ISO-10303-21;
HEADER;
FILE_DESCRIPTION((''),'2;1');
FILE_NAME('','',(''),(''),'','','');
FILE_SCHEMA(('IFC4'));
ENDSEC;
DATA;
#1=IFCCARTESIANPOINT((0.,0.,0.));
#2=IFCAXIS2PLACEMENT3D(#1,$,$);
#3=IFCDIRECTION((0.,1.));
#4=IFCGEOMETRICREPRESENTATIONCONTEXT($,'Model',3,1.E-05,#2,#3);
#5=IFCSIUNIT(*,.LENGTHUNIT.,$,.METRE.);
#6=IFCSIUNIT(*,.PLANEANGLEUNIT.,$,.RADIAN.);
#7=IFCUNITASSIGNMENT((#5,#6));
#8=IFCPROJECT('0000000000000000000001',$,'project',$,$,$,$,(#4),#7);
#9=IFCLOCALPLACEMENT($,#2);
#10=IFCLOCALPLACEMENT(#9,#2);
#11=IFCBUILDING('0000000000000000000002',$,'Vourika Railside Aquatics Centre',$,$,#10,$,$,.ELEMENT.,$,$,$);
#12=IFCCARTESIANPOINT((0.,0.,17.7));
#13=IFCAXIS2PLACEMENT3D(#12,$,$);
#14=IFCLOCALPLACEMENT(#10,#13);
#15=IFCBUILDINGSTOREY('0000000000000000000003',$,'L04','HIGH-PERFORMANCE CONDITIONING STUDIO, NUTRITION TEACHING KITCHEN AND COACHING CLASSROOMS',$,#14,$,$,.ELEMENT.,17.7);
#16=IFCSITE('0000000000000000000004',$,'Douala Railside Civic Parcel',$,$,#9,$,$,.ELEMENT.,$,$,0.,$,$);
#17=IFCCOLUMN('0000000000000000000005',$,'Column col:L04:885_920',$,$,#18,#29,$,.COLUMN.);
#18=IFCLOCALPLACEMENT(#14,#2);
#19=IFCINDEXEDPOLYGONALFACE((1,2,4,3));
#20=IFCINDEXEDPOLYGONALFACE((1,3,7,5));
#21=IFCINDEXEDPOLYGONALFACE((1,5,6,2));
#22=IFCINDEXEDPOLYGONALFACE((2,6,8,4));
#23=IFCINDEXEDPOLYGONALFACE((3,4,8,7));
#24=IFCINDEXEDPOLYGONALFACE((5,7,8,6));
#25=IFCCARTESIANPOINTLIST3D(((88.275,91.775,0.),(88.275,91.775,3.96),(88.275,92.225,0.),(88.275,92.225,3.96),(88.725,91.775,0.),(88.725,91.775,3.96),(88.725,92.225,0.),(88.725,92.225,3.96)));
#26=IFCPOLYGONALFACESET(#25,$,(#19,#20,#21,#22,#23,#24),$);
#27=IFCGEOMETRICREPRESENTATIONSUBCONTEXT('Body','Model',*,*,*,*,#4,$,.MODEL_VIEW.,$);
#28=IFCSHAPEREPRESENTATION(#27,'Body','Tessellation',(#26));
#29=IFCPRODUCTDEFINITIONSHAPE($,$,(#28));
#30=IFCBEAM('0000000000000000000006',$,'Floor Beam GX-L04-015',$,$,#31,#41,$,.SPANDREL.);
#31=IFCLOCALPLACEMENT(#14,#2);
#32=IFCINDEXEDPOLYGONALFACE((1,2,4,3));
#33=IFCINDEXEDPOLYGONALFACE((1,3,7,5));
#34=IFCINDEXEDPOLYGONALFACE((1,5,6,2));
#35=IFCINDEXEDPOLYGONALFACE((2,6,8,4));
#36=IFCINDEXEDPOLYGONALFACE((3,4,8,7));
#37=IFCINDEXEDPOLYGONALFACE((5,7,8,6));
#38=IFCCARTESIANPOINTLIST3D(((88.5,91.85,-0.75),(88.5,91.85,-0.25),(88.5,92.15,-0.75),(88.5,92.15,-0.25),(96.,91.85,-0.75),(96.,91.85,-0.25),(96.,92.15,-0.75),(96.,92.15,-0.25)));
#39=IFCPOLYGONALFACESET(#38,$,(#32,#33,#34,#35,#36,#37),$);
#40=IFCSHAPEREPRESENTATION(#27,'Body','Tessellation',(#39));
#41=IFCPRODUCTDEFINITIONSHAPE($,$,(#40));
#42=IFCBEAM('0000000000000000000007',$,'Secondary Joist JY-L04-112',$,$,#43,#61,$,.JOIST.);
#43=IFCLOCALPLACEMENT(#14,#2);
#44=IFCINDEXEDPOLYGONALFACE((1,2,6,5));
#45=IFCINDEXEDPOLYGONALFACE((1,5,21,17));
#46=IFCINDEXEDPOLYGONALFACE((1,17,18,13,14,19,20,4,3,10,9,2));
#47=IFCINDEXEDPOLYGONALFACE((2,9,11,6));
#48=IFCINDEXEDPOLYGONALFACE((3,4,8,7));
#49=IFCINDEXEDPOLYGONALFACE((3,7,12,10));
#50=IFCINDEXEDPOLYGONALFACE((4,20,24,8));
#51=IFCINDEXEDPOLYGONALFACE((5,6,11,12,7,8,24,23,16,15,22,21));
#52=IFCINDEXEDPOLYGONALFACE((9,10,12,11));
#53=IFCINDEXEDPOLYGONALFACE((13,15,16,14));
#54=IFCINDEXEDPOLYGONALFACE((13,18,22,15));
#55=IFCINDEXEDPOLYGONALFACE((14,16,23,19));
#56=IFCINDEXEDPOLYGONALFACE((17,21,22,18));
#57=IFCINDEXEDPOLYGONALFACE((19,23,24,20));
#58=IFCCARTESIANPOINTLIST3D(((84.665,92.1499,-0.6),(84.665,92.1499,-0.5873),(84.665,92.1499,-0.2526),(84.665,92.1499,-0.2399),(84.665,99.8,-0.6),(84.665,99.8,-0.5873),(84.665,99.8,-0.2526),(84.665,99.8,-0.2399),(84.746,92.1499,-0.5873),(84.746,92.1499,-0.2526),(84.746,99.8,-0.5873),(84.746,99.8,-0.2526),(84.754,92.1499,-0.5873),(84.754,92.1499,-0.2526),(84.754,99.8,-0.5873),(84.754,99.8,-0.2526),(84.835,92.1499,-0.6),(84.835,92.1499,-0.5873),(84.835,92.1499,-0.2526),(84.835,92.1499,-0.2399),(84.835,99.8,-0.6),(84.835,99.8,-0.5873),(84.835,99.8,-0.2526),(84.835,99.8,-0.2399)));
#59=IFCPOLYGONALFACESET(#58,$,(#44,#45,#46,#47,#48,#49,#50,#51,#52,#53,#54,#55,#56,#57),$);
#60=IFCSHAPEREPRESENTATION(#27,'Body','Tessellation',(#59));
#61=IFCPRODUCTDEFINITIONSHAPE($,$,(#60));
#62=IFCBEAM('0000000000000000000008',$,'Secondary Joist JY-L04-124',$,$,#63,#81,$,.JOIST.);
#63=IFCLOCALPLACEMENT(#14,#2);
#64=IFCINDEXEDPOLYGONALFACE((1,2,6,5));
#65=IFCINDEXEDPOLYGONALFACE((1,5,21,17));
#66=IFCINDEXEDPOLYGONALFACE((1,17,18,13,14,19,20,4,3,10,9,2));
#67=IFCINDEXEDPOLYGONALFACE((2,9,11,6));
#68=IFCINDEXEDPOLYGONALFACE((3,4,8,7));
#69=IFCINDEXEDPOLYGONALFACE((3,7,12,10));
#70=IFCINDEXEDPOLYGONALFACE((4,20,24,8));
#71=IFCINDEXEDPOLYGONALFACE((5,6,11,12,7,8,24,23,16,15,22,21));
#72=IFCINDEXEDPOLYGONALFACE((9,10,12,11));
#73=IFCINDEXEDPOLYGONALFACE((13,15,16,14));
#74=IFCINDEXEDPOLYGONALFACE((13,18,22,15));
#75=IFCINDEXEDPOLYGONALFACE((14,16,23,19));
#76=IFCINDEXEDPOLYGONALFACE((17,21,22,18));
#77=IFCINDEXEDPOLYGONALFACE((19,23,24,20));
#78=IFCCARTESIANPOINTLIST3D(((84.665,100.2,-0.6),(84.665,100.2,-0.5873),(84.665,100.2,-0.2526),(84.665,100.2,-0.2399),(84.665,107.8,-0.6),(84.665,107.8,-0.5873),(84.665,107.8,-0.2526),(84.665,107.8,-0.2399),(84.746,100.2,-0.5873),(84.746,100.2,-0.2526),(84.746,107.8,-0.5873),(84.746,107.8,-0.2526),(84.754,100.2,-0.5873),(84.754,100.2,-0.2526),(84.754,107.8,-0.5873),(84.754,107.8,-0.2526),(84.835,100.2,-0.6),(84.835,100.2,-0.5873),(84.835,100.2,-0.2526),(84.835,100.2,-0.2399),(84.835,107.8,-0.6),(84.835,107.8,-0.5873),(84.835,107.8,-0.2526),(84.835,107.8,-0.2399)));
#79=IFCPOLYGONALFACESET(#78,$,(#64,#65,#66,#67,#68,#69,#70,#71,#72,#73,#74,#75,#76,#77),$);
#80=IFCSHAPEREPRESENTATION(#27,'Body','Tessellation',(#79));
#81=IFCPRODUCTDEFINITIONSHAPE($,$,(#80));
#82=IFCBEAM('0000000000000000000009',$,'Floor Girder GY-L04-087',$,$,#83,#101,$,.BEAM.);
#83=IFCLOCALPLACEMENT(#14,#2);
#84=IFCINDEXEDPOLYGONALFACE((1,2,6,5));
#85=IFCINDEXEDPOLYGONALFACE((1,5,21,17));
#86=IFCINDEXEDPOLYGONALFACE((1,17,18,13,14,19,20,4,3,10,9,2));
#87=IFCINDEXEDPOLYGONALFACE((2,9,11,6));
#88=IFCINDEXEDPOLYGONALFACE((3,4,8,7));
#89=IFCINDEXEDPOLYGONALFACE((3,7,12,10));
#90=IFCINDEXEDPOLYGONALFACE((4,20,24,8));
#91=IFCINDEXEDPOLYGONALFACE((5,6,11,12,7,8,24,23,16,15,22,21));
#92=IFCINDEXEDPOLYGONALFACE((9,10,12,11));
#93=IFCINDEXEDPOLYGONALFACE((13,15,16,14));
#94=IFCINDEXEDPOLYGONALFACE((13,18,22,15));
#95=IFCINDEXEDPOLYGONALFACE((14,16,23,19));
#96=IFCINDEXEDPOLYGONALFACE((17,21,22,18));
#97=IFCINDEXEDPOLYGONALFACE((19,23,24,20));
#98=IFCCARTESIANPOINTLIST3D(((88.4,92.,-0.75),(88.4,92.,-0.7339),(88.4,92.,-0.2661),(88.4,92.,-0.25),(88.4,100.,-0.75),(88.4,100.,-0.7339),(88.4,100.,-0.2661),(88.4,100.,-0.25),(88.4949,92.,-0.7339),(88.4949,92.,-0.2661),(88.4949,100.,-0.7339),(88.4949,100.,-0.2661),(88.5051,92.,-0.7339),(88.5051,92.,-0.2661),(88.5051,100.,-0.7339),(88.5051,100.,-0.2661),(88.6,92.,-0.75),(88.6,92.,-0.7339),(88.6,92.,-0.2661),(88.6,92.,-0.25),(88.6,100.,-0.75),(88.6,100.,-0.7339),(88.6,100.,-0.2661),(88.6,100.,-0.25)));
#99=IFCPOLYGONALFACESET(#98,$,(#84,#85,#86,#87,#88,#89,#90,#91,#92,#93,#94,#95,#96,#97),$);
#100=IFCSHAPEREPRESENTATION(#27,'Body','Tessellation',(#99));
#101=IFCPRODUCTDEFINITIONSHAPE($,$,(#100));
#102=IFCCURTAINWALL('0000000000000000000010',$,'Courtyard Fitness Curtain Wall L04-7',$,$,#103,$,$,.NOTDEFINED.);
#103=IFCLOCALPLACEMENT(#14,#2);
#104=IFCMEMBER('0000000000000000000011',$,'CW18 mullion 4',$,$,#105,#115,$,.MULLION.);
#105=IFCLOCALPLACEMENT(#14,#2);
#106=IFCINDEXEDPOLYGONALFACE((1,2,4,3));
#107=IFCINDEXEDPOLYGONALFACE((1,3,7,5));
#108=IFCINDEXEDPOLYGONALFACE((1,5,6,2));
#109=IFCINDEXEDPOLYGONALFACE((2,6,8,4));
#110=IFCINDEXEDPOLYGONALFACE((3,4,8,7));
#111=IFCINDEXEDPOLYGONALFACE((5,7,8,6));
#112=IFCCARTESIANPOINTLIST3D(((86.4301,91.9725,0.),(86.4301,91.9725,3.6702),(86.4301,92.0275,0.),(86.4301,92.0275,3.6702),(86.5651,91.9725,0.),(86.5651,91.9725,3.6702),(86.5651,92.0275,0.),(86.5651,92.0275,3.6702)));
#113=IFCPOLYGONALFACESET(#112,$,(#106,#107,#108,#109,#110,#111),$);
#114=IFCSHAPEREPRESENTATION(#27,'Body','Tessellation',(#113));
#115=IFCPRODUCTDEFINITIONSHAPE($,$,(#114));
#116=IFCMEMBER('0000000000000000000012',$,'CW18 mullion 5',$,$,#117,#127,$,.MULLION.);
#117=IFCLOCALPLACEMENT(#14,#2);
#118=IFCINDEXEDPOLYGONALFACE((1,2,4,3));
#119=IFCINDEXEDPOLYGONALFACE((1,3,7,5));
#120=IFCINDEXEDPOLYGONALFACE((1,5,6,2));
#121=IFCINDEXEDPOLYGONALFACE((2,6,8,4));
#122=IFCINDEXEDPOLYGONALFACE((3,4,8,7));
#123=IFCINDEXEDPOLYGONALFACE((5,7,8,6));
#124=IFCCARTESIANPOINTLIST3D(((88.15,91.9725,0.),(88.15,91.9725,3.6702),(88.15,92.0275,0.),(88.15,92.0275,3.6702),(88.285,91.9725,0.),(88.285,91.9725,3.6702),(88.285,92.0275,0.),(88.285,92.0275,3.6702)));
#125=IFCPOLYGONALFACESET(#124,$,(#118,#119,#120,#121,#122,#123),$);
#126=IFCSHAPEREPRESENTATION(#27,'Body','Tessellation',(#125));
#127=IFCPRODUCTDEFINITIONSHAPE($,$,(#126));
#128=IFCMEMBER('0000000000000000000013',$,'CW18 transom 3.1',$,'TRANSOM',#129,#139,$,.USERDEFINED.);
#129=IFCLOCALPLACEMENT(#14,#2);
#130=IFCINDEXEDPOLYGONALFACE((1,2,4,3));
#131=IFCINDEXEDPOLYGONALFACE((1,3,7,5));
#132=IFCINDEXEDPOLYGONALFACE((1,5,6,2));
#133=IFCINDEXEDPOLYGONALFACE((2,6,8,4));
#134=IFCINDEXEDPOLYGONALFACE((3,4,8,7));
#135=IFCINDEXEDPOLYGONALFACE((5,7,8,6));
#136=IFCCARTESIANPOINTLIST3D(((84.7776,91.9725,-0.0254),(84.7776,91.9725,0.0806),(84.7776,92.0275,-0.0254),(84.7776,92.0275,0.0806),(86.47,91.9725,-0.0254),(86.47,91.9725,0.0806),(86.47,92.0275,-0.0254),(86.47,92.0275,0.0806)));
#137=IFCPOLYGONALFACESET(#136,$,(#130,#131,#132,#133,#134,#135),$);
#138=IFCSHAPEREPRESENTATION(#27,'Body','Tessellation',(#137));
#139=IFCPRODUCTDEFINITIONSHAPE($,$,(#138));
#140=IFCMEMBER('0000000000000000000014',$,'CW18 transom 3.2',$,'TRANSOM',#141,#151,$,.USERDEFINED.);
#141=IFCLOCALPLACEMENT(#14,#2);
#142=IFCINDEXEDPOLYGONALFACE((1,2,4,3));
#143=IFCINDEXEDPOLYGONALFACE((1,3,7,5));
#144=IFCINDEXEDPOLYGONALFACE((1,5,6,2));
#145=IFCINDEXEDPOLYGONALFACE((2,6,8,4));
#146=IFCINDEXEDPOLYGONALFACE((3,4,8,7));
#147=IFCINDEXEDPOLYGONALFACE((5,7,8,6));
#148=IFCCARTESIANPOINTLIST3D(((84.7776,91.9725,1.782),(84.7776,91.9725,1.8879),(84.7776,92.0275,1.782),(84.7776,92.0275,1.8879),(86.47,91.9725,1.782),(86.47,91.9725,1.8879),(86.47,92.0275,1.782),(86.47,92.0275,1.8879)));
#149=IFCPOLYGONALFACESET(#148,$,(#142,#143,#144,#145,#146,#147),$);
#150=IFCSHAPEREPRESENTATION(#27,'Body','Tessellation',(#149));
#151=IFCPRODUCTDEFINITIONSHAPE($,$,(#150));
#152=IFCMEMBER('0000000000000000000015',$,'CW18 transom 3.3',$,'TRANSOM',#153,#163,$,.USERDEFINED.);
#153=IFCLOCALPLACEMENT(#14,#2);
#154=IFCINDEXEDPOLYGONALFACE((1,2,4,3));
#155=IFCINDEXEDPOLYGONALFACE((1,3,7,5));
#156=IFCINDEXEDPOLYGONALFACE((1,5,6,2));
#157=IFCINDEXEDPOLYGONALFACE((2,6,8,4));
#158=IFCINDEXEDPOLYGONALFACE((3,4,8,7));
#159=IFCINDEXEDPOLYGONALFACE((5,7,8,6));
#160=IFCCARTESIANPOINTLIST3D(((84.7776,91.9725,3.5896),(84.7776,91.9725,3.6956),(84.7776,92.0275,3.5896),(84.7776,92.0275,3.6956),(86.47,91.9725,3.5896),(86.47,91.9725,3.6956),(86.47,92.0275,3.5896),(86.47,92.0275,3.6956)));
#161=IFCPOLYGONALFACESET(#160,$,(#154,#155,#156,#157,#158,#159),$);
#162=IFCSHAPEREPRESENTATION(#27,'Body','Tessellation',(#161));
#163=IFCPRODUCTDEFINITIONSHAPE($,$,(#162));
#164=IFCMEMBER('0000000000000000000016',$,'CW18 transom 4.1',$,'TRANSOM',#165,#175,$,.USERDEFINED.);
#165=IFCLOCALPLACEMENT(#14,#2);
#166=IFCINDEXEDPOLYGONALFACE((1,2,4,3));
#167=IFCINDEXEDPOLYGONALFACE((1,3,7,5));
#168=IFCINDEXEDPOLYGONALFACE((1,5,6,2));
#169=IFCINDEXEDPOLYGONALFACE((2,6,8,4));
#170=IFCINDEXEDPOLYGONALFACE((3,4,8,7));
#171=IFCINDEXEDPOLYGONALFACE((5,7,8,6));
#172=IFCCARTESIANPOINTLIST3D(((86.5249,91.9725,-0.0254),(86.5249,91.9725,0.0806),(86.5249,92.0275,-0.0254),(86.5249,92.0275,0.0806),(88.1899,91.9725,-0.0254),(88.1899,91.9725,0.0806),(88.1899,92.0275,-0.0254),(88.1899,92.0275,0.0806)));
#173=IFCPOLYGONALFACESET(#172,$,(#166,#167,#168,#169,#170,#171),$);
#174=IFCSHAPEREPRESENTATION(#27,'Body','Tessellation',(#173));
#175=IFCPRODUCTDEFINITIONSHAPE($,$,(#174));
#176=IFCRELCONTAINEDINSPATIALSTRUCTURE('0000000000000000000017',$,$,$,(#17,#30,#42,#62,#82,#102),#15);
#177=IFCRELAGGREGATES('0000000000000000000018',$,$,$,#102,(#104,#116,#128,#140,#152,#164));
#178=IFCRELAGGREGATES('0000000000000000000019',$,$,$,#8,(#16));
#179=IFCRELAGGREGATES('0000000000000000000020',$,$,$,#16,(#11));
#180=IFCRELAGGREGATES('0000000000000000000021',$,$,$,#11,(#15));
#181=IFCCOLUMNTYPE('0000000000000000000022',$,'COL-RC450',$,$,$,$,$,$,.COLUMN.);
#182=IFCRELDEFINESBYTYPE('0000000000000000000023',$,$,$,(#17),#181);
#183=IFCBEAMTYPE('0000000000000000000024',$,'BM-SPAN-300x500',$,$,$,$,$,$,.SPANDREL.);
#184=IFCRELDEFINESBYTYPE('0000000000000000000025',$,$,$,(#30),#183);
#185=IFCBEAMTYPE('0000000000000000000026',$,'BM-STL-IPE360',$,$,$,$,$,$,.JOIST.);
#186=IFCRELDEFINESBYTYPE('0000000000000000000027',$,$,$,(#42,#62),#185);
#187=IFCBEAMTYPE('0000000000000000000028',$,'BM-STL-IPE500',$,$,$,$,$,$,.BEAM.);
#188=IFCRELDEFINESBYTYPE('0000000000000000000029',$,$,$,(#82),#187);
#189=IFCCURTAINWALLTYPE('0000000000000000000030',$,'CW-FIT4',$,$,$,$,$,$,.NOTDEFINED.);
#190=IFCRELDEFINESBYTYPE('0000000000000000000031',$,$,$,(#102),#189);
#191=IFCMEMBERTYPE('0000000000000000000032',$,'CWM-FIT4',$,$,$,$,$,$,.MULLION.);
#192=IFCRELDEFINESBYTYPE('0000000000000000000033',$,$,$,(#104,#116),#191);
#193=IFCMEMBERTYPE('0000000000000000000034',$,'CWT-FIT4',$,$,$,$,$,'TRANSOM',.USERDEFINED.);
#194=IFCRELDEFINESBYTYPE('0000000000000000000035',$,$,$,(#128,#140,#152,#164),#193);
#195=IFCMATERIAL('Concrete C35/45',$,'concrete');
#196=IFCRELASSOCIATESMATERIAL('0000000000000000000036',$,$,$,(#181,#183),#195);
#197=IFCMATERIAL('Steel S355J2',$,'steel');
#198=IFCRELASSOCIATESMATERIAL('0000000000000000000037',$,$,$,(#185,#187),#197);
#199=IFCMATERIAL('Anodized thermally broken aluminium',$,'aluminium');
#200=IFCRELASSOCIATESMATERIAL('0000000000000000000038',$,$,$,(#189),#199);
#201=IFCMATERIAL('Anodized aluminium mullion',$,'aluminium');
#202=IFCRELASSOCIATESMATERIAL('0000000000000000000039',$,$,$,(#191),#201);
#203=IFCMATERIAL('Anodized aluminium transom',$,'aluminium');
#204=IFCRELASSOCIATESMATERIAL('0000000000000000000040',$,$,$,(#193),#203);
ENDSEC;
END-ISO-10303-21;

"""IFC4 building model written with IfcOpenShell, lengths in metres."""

from ifc_helpers import new_model, si_unit, direction, frame, origin, origin_2d, place, context, subcontext, project, spatial, rectangle, i_section, extrude, material, material_profile, profile_set, type_object, element, aggregate, save


model = new_model("IFC4")

# Units and contexts
model_context = context("Model", 3, precision=1e-05, world=origin(), true_north=direction((0.0, 1.0)))
body_context = subcontext(model_context, "Body", "Model", "MODEL_VIEW")
ifc_project = project(units=[si_unit("LENGTHUNIT", "METRE"), si_unit("PLANEANGLEUNIT", "RADIAN")], contexts=[model_context])

# Site, building, storey
site_placement = place(None, origin())
site = spatial("IfcSite", under=ifc_project, at=site_placement, Name="Douala Railside Civic Parcel", CompositionType="ELEMENT", RefElevation=0.0)
building_placement = place(site_placement, origin())
building = spatial("IfcBuilding", under=site, at=building_placement, Name="Vourika Railside Aquatics Centre", CompositionType="ELEMENT")
storey_placement = place(building_placement, frame((0.0, 0.0, 17.7)))
storey = spatial("IfcBuildingStorey", under=building, at=storey_placement, Name="L04", Description="HIGH-PERFORMANCE CONDITIONING STUDIO, NUTRITION TEACHING KITCHEN AND COACHING CLASSROOMS", CompositionType="ELEMENT", Elevation=17.7)

# Column
ifc_material_1 = material(Name="Concrete C35/45", Category="concrete")
ifc_material_profile_1 = material_profile(ifc_material_1, rectangle(XDim=0.45, YDim=0.45, at=origin_2d()), Name="RC 450x450")
ifc_profile_set_1 = profile_set([ifc_material_profile_1], Name="Concrete C35/45")
column_type = type_object("IfcColumnType", Name="COL-RC450", PredefinedType="COLUMN", material=ifc_profile_set_1)
column_placement = place(storey_placement, frame((88.5, 92.0, 0.0), z_axis=(0.0, 0.0, 1.0), x_axis=(1.0, 0.0, 0.0)))
element("IfcColumn", 1, at=column_placement, inside=storey, type_object=column_type, Name="Column col:L04:885_920", PredefinedType="COLUMN", context=body_context, shape_type="SweptSolid", body=[
    extrude(rectangle(XDim=0.45, YDim=0.45, at=origin_2d()), origin(), (0.0, 0.0, 1.0), 3.96),
])

# Beams
ifc_material_profile_2 = material_profile(ifc_material_1, rectangle(XDim=0.3, YDim=0.5, at=origin_2d()), Name="RC 300x500")
ifc_profile_set_2 = profile_set([ifc_material_profile_2], Name="Concrete C35/45")
beam_type_1 = type_object("IfcBeamType", Name="BM-SPAN-300x500", PredefinedType="SPANDREL", material=ifc_profile_set_2)
beam_1_placement = place(storey_placement, frame((88.5, 92.0, -0.5), z_axis=(1.0, 0.0, 0.0), x_axis=(0.0, 1.0, 0.0)))
element("IfcBeam", 2, at=beam_1_placement, inside=storey, type_object=beam_type_1, Name="Floor Beam GX-L04-015", PredefinedType="SPANDREL", context=body_context, shape_type="SweptSolid", body=[
    extrude(rectangle(XDim=0.3, YDim=0.5, at=origin_2d()), origin(), (0.0, 0.0, 1.0), 7.5),
])
ifc_material_2 = material(Name="Steel S355J2", Category="steel")
ifc_material_profile_3 = material_profile(ifc_material_2, i_section(OverallWidth=0.1699, OverallDepth=0.3601, WebThickness=0.0081, FlangeThickness=0.0127, at=origin_2d()), Name="IPE 360")
ifc_profile_set_3 = profile_set([ifc_material_profile_3], Name="Steel S355J2")
beam_type_2 = type_object("IfcBeamType", Name="BM-STL-IPE360", PredefinedType="JOIST", material=ifc_profile_set_3)
beam_2_placement = place(storey_placement, frame((84.75, 92.1499, -0.4199), z_axis=(0.0, 1.0, 0.0), x_axis=(-1.0, 0.0, 0.0)))
element("IfcBeam", 3, at=beam_2_placement, inside=storey, type_object=beam_type_2, Name="Secondary Joist JY-L04-112", PredefinedType="JOIST", context=body_context, shape_type="SweptSolid", body=[
    extrude(i_section(OverallWidth=0.1699, OverallDepth=0.3601, WebThickness=0.0081, FlangeThickness=0.0127, at=origin_2d()), origin(), (0.0, 0.0, 1.0), 7.6501),
])
beam_3_placement = place(storey_placement, frame((84.75, 100.2, -0.4199), z_axis=(0.0, 1.0, 0.0), x_axis=(-1.0, 0.0, 0.0)))
element("IfcBeam", 4, at=beam_3_placement, inside=storey, type_object=beam_type_2, Name="Secondary Joist JY-L04-124", PredefinedType="JOIST", context=body_context, shape_type="SweptSolid", body=[
    extrude(i_section(OverallWidth=0.1699, OverallDepth=0.3601, WebThickness=0.0081, FlangeThickness=0.0127, at=origin_2d()), origin(), (0.0, 0.0, 1.0), 7.6001),
])
ifc_material_profile_4 = material_profile(ifc_material_2, i_section(OverallWidth=0.2, OverallDepth=0.5, WebThickness=0.0103, FlangeThickness=0.0161, at=origin_2d()), Name="IPE 500")
ifc_profile_set_4 = profile_set([ifc_material_profile_4], Name="Steel S355J2")
beam_type_3 = type_object("IfcBeamType", Name="BM-STL-IPE500", PredefinedType="BEAM", material=ifc_profile_set_4)
beam_4_placement = place(storey_placement, frame((88.5, 92.0, -0.5), z_axis=(0.0, 1.0, 0.0), x_axis=(-1.0, 0.0, 0.0)))
element("IfcBeam", 5, at=beam_4_placement, inside=storey, type_object=beam_type_3, Name="Floor Girder GY-L04-087", PredefinedType="BEAM", context=body_context, shape_type="SweptSolid", body=[
    extrude(i_section(OverallWidth=0.2, OverallDepth=0.5, WebThickness=0.0103, FlangeThickness=0.0161, at=origin_2d()), origin(), (0.0, 0.0, 1.0), 8.0),
])

# Curtain wall, members
ifc_material_3 = material(Name="Anodized thermally broken aluminium", Category="aluminium")
curtain_wall_type = type_object("IfcCurtainWallType", Name="CW-FIT4", PredefinedType="NOTDEFINED", material=ifc_material_3)
curtain_wall_placement = place(storey_placement, origin())
curtain_wall = element("IfcCurtainWall", 6, at=curtain_wall_placement, inside=storey, type_object=curtain_wall_type, Name="Courtyard Fitness Curtain Wall L04-7", PredefinedType="NOTDEFINED")
ifc_material_4 = material(Name="Anodized aluminium mullion", Category="aluminium")
ifc_material_profile_5 = material_profile(ifc_material_4, rectangle(XDim=0.0549, YDim=0.135, at=origin_2d()), Name="ALU-M 55x135")
ifc_profile_set_5 = profile_set([ifc_material_profile_5], Name="Anodized aluminium mullion")
member_type_1 = type_object("IfcMemberType", Name="CWM-FIT4", PredefinedType="MULLION", material=ifc_profile_set_5)
member_1_placement = place(storey_placement, frame((86.4976, 92.0, 0.0), z_axis=(0.0, 0.0, 1.0), x_axis=(0.0, 1.0, 0.0)))
member_1 = element("IfcMember", 7, at=member_1_placement, type_object=member_type_1, Name="CW18 mullion 4", PredefinedType="MULLION", context=body_context, shape_type="SweptSolid", body=[
    extrude(rectangle(XDim=0.0549, YDim=0.135, at=origin_2d()), origin(), (0.0, 0.0, 1.0), 3.6702),
])
member_2_placement = place(storey_placement, frame((88.2175, 92.0, 0.0), z_axis=(0.0, 0.0, 1.0), x_axis=(0.0, 1.0, 0.0)))
member_2 = element("IfcMember", 8, at=member_2_placement, type_object=member_type_1, Name="CW18 mullion 5", PredefinedType="MULLION", context=body_context, shape_type="SweptSolid", body=[
    extrude(rectangle(XDim=0.0549, YDim=0.135, at=origin_2d()), origin(), (0.0, 0.0, 1.0), 3.6702),
])
ifc_material_5 = material(Name="Anodized aluminium transom", Category="aluminium")
ifc_material_profile_6 = material_profile(ifc_material_5, rectangle(XDim=0.0549, YDim=0.106, at=origin_2d()), Name="ALU-T 55x106")
ifc_profile_set_6 = profile_set([ifc_material_profile_6], Name="Anodized aluminium transom")
member_type_2 = type_object("IfcMemberType", Name="CWT-FIT4", ElementType="TRANSOM", PredefinedType="USERDEFINED", material=ifc_profile_set_6)
member_3_placement = place(storey_placement, frame((84.7776, 92.0, 0.0276), z_axis=(1.0, 0.0, 0.0), x_axis=(0.0, 1.0, 0.0)))
member_3 = element("IfcMember", 9, at=member_3_placement, type_object=member_type_2, Name="CW18 transom 3.1", ObjectType="TRANSOM", PredefinedType="USERDEFINED", context=body_context, shape_type="SweptSolid", body=[
    extrude(rectangle(XDim=0.0549, YDim=0.106, at=origin_2d()), origin(), (0.0, 0.0, 1.0), 1.6924),
])
member_4_placement = place(storey_placement, frame((84.7776, 92.0, 1.835), z_axis=(1.0, 0.0, 0.0), x_axis=(0.0, 1.0, 0.0)))
member_4 = element("IfcMember", 10, at=member_4_placement, type_object=member_type_2, Name="CW18 transom 3.2", ObjectType="TRANSOM", PredefinedType="USERDEFINED", context=body_context, shape_type="SweptSolid", body=[
    extrude(rectangle(XDim=0.0549, YDim=0.106, at=origin_2d()), origin(), (0.0, 0.0, 1.0), 1.6924),
])
member_5_placement = place(storey_placement, frame((84.7776, 92.0, 3.6426), z_axis=(1.0, 0.0, 0.0), x_axis=(0.0, 1.0, 0.0)))
member_5 = element("IfcMember", 11, at=member_5_placement, type_object=member_type_2, Name="CW18 transom 3.3", ObjectType="TRANSOM", PredefinedType="USERDEFINED", context=body_context, shape_type="SweptSolid", body=[
    extrude(rectangle(XDim=0.0549, YDim=0.106, at=origin_2d()), origin(), (0.0, 0.0, 1.0), 1.6924),
])
member_6_placement = place(storey_placement, frame((86.5249, 92.0, 0.0276), z_axis=(1.0, 0.0, 0.0), x_axis=(0.0, 1.0, 0.0)))
member_6 = element("IfcMember", 12, at=member_6_placement, type_object=member_type_2, Name="CW18 transom 4.1", ObjectType="TRANSOM", PredefinedType="USERDEFINED", context=body_context, shape_type="SweptSolid", body=[
    extrude(rectangle(XDim=0.0549, YDim=0.106, at=origin_2d()), origin(), (0.0, 0.0, 1.0), 1.665),
])
aggregate(curtain_wall, [member_1, member_2, member_3, member_4, member_5, member_6])

save(model, "model.ifc")
